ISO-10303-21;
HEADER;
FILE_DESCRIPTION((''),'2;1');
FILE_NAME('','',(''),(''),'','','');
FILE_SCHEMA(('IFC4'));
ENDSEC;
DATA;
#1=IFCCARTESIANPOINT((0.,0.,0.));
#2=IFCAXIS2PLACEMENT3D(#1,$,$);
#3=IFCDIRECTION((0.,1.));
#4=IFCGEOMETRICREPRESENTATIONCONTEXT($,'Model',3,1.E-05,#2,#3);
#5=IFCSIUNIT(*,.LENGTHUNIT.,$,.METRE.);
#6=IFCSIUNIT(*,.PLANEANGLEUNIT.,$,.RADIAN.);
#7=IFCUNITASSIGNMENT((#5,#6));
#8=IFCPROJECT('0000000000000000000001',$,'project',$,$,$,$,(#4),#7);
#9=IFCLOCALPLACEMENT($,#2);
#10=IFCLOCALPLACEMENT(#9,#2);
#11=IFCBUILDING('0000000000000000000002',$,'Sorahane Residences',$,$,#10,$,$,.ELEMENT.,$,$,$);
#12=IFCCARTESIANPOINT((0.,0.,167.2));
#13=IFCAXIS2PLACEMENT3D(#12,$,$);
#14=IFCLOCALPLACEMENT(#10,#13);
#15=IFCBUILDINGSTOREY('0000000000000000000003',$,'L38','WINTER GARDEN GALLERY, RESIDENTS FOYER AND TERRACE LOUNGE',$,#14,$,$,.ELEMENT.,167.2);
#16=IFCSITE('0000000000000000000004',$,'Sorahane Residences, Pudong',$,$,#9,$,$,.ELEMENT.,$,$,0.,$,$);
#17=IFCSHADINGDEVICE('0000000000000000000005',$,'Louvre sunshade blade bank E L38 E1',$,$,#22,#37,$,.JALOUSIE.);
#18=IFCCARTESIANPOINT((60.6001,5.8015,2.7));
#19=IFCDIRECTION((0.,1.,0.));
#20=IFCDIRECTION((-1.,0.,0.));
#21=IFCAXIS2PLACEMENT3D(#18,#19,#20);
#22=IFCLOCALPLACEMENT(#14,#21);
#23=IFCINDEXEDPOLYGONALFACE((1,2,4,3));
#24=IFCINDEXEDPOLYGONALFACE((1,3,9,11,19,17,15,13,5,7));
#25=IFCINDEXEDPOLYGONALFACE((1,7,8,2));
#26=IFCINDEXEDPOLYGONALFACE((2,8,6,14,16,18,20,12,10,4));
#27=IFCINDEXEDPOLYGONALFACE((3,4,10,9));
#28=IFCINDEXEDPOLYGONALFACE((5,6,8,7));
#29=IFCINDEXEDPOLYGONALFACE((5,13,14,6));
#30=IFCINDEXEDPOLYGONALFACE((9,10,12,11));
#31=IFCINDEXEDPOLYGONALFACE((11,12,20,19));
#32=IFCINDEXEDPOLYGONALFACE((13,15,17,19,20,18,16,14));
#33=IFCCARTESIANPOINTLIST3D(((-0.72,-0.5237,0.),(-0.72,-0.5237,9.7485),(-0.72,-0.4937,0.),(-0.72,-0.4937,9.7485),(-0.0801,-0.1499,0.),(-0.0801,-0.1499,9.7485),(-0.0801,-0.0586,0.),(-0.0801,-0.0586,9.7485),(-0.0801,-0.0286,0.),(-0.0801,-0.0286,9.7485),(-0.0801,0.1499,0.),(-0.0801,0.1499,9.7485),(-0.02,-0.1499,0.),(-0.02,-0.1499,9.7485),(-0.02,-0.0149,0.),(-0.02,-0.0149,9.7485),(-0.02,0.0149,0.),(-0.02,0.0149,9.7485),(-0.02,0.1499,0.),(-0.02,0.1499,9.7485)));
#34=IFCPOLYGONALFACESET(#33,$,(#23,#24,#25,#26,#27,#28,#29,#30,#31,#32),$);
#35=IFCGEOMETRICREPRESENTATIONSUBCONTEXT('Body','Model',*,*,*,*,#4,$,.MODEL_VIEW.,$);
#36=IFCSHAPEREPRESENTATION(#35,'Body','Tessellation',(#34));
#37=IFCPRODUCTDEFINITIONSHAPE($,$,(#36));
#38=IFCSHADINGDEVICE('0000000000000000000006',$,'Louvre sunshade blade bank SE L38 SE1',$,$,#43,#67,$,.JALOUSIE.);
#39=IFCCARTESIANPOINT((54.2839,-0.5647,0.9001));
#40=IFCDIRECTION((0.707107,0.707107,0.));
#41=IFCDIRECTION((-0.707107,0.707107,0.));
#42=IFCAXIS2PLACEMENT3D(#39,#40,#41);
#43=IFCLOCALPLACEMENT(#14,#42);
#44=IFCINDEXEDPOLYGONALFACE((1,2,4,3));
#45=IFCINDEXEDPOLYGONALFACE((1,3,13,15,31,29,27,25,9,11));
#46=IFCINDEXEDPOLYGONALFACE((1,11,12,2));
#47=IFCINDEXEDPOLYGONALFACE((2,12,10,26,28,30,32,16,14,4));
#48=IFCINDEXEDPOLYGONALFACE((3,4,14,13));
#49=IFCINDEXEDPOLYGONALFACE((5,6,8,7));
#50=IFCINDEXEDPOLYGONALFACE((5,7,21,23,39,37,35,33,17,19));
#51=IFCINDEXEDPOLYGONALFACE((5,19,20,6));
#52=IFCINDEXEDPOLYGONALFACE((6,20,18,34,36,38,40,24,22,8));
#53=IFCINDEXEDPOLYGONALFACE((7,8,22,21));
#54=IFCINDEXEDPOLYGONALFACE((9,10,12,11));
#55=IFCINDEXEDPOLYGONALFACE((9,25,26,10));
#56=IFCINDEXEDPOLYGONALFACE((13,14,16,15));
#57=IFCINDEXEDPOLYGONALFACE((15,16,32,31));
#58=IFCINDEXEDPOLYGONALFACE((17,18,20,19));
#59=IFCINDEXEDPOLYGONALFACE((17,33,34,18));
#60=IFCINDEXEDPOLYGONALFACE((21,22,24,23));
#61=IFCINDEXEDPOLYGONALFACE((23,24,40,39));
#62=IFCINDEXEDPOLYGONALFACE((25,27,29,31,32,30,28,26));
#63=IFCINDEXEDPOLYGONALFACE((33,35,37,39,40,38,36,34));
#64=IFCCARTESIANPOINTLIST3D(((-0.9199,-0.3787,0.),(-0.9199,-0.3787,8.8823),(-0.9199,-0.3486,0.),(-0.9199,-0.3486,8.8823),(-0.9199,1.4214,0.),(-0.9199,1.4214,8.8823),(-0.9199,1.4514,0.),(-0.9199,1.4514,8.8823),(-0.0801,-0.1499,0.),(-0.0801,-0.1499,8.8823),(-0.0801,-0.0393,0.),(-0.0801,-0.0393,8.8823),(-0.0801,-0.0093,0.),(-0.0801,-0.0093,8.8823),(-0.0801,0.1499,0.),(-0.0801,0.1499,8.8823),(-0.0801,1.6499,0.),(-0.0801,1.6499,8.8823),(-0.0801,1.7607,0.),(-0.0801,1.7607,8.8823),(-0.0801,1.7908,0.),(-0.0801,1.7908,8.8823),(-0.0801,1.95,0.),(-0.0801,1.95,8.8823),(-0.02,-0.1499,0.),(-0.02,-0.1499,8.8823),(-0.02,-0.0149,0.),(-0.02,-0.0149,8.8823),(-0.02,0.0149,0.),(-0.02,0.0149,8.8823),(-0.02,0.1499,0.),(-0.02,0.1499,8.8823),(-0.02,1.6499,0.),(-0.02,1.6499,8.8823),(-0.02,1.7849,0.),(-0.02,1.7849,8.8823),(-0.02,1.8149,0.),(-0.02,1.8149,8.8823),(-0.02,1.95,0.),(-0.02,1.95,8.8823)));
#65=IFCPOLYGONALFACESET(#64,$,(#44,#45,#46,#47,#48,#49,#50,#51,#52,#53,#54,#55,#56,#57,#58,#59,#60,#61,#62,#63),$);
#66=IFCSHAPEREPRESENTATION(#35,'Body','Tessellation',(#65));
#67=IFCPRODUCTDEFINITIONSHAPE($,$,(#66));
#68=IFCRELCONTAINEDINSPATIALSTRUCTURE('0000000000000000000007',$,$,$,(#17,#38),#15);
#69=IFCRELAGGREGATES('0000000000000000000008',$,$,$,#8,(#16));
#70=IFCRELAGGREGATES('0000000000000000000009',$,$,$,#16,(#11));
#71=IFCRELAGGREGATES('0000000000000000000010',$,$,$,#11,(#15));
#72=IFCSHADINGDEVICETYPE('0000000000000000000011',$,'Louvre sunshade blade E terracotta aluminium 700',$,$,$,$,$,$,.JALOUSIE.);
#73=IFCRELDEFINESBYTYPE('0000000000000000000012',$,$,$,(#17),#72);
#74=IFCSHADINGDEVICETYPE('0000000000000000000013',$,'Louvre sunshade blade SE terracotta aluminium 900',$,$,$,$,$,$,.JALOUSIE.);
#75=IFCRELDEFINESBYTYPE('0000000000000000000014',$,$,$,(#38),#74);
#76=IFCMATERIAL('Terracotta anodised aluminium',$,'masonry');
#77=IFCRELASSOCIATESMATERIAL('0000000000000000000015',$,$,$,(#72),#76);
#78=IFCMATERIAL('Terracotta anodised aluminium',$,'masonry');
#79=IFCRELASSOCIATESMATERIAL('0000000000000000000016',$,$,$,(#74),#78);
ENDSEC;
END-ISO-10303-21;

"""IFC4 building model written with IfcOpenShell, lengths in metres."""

from ifc_helpers import new_model, si_unit, direction, frame, origin, place, context, subcontext, project, spatial, polyline, outline, composite_profile, extrude, material, type_object, element, save


model = new_model("IFC4")

# Units and contexts
model_context = context("Model", 3, precision=1e-05, world=origin(), true_north=direction((0.0, 1.0)))
body_context = subcontext(model_context, "Body", "Model", "MODEL_VIEW")
ifc_project = project(units=[si_unit("LENGTHUNIT", "METRE"), si_unit("PLANEANGLEUNIT", "RADIAN")], contexts=[model_context])

# Site, building, storey
site_placement = place(None, origin())
site = spatial("IfcSite", under=ifc_project, at=site_placement, Name="Sorahane Residences, Pudong", CompositionType="ELEMENT", RefElevation=0.0)
building_placement = place(site_placement, origin())
building = spatial("IfcBuilding", under=site, at=building_placement, Name="Sorahane Residences", CompositionType="ELEMENT")
storey_placement = place(building_placement, frame((0.0, 0.0, 167.2)))
storey = spatial("IfcBuildingStorey", under=building, at=storey_placement, Name="L38", Description="WINTER GARDEN GALLERY, RESIDENTS FOYER AND TERRACE LOUNGE", CompositionType="ELEMENT", Elevation=167.2)

# Shading devices
ifc_material_1 = material(Name="Terracotta anodised aluminium", Category="masonry")
shading_device_type_1 = type_object("IfcShadingDeviceType", Name="Louvre sunshade blade E terracotta aluminium 700", PredefinedType="JALOUSIE", material=ifc_material_1)
shading_device_1_placement = place(storey_placement, frame((60.6001, 5.8015, 2.7), z_axis=(0.0, 1.0, 0.0), x_axis=(-1.0, 0.0, 0.0)))
element("IfcShadingDevice", 1, at=shading_device_1_placement, inside=storey, type_object=shading_device_type_1, Name="Louvre sunshade blade bank E L38 E1", PredefinedType="JALOUSIE", context=body_context, shape_type="SweptSolid", body=[
    extrude(outline(polyline([(-0.72, -0.4937), (-0.72, -0.5237), (-0.0801, -0.0586), (-0.0801, -0.1499), (-0.02, -0.1499), (-0.02, -0.0149), (-0.02, 0.0149), (-0.02, 0.1499), (-0.0801, 0.1499), (-0.0801, -0.0286), (-0.72, -0.4937)])), origin(), (0.0, 0.0, 1.0), 9.7485),
])
ifc_material_2 = material(Name="Terracotta anodised aluminium", Category="masonry")
shading_device_type_2 = type_object("IfcShadingDeviceType", Name="Louvre sunshade blade SE terracotta aluminium 900", PredefinedType="JALOUSIE", material=ifc_material_2)
shading_device_2_placement = place(storey_placement, frame((54.2839, -0.5647, 0.9001), z_axis=(0.707107, 0.707107, 0.0), x_axis=(-0.707107, 0.707107, 0.0)))
element("IfcShadingDevice", 2, at=shading_device_2_placement, inside=storey, type_object=shading_device_type_2, Name="Louvre sunshade blade bank SE L38 SE1", PredefinedType="JALOUSIE", context=body_context, shape_type="SweptSolid", body=[
    extrude(composite_profile([outline(polyline([(-0.9199, -0.3486), (-0.9199, -0.3787), (-0.0801, -0.0393), (-0.0801, -0.1499), (-0.02, -0.1499), (-0.02, -0.0149), (-0.02, 0.0149), (-0.02, 0.1499), (-0.0801, 0.1499), (-0.0801, -0.0093), (-0.9199, -0.3486)])), outline(polyline([(-0.9199, 1.4514), (-0.9199, 1.4214), (-0.0801, 1.7607), (-0.0801, 1.6499), (-0.02, 1.6499), (-0.02, 1.7849), (-0.02, 1.8149), (-0.02, 1.95), (-0.0801, 1.95), (-0.0801, 1.7908), (-0.9199, 1.4514)]))]), origin(), (0.0, 0.0, 1.0), 8.8823),
])

save(model, "model.ifc")
